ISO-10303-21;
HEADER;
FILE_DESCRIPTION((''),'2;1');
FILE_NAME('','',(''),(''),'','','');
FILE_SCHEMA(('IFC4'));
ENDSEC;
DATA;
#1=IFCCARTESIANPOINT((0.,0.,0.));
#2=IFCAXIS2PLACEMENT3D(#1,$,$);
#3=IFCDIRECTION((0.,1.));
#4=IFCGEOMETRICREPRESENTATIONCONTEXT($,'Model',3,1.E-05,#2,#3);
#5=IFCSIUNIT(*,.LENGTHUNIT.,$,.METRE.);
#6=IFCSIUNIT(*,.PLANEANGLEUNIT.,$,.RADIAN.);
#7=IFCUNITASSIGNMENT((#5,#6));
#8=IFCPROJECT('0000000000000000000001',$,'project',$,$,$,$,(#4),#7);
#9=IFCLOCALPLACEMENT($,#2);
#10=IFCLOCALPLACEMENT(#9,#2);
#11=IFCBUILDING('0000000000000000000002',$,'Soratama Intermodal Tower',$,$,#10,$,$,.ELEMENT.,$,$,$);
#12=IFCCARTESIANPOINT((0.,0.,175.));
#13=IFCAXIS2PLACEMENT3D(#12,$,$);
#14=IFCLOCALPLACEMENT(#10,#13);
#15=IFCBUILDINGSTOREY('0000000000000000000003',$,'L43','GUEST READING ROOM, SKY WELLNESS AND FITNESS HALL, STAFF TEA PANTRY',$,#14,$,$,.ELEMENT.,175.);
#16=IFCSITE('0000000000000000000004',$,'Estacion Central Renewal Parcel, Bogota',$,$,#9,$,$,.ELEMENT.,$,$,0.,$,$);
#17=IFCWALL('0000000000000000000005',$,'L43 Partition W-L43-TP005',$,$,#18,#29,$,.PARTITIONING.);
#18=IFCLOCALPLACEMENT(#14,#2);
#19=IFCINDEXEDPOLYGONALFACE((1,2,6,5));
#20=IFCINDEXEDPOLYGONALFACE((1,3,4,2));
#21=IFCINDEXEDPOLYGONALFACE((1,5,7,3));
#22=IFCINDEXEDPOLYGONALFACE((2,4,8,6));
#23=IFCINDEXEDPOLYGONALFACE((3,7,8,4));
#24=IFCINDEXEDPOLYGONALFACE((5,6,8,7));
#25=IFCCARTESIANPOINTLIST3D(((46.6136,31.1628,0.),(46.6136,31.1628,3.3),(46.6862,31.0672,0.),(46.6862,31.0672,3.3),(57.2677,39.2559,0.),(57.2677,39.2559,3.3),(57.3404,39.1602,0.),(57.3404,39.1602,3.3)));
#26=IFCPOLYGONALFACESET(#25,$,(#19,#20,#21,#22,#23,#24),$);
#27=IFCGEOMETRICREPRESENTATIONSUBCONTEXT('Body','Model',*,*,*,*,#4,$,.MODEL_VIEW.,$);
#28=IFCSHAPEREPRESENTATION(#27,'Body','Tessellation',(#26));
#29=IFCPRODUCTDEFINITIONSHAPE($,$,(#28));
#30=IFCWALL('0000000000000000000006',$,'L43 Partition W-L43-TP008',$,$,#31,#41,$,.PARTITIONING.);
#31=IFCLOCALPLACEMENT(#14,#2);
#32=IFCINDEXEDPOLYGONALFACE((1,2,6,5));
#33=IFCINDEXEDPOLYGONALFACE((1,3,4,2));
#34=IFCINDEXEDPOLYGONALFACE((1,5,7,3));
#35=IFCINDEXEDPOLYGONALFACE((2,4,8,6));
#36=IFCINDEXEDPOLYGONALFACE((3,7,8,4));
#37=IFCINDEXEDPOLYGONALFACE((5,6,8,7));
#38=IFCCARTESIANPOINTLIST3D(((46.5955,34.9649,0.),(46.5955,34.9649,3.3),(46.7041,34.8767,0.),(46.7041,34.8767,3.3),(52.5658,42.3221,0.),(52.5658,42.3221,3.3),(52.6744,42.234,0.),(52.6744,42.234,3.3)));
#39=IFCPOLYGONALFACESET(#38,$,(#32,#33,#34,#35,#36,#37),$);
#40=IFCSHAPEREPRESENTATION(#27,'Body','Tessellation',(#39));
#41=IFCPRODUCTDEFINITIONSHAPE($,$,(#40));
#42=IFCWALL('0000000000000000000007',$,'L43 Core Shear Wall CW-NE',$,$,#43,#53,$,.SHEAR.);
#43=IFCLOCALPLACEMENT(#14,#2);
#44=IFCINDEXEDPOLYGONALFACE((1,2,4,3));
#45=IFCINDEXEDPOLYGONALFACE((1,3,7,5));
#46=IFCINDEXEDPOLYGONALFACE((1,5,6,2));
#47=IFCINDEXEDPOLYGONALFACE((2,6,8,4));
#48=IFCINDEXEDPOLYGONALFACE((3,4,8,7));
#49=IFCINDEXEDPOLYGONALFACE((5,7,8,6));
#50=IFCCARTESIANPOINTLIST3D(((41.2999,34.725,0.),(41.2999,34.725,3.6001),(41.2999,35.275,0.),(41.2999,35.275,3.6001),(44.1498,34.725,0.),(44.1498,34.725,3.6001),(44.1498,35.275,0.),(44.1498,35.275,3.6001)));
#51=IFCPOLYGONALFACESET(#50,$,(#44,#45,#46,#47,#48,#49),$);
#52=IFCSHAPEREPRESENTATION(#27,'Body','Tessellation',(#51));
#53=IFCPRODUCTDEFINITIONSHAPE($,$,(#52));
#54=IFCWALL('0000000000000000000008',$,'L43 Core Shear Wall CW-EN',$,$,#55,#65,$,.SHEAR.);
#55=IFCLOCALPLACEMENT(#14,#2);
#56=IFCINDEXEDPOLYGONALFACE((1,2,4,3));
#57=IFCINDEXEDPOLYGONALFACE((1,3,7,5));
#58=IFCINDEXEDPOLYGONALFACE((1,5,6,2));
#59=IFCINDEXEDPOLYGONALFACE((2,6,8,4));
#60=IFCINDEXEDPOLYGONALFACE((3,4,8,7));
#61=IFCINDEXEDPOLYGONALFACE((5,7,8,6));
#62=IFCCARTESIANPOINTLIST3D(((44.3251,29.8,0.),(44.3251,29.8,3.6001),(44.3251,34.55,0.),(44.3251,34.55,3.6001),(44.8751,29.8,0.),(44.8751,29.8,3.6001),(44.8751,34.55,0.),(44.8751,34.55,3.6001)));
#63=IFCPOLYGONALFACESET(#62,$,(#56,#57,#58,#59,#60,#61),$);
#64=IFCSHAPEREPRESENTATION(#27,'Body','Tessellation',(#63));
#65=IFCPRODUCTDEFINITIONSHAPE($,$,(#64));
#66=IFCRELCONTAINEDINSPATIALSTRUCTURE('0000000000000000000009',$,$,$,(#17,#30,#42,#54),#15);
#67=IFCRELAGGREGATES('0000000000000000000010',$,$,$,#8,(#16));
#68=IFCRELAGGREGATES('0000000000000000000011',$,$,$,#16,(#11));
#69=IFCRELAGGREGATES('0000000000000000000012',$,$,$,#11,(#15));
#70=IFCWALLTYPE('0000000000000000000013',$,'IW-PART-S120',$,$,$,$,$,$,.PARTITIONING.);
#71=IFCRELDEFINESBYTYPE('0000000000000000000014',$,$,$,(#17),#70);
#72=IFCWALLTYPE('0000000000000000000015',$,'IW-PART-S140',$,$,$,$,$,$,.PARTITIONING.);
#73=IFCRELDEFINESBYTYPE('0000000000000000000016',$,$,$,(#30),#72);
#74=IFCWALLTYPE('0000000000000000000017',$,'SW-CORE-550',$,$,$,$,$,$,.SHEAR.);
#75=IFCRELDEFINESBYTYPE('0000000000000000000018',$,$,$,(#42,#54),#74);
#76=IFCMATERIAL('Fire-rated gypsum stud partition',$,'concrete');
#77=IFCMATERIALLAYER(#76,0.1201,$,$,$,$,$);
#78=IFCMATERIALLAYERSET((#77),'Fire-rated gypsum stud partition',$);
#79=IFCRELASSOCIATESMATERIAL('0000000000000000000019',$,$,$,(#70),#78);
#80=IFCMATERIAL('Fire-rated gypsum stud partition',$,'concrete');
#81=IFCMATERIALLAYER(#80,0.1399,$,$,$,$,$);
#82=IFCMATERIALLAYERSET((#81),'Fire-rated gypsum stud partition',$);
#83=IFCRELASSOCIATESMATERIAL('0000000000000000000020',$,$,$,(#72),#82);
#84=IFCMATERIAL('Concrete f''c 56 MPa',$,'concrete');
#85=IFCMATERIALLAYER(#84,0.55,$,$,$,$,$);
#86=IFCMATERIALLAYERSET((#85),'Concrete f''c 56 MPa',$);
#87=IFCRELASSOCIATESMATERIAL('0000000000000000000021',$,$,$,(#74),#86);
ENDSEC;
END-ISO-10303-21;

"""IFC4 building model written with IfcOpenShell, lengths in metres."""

from ifc_helpers import new_model, si_unit, direction, frame, frame_2d, origin, place, context, subcontext, project, spatial, rectangle, extrude, material, layer, layer_set, type_object, element, save


model = new_model("IFC4")

# Units and contexts
model_context = context("Model", 3, precision=1e-05, world=origin(), true_north=direction((0.0, 1.0)))
body_context = subcontext(model_context, "Body", "Model", "MODEL_VIEW")
ifc_project = project(units=[si_unit("LENGTHUNIT", "METRE"), si_unit("PLANEANGLEUNIT", "RADIAN")], contexts=[model_context])

# Site, building, storey
site_placement = place(None, origin())
site = spatial("IfcSite", under=ifc_project, at=site_placement, Name="Estacion Central Renewal Parcel, Bogota", CompositionType="ELEMENT", RefElevation=0.0)
building_placement = place(site_placement, origin())
building = spatial("IfcBuilding", under=site, at=building_placement, Name="Soratama Intermodal Tower", CompositionType="ELEMENT")
storey_placement = place(building_placement, frame((0.0, 0.0, 175.0)))
storey = spatial("IfcBuildingStorey", under=building, at=storey_placement, Name="L43", Description="GUEST READING ROOM, SKY WELLNESS AND FITNESS HALL, STAFF TEA PANTRY", CompositionType="ELEMENT", Elevation=175.0)

# Walls
ifc_material_1 = material(Name="Fire-rated gypsum stud partition", Category="concrete")
ifc_layer_1 = layer(ifc_material_1, 0.1201)
ifc_layer_set_1 = layer_set([ifc_layer_1], Name="Fire-rated gypsum stud partition")
wall_type_1 = type_object("IfcWallType", Name="IW-PART-S120", PredefinedType="PARTITIONING", material=ifc_layer_set_1)
wall_1_placement = place(storey_placement, frame((46.6499, 31.115, 0.0), z_axis=(0.0, 0.0, 1.0), x_axis=(0.796308, 0.604891, 0.0)))
element("IfcWall", 1, at=wall_1_placement, inside=storey, type_object=wall_type_1, Name="L43 Partition W-L43-TP005", PredefinedType="PARTITIONING", context=body_context, shape_type="SweptSolid", body=[
    extrude(rectangle(XDim=13.3794, YDim=0.1201, at=frame_2d((6.6897, 0.0))), origin(), (0.0, 0.0, 1.0), 3.3),
])
ifc_material_2 = material(Name="Fire-rated gypsum stud partition", Category="concrete")
ifc_layer_2 = layer(ifc_material_2, 0.1399)
ifc_layer_set_2 = layer_set([ifc_layer_2], Name="Fire-rated gypsum stud partition")
wall_type_2 = type_object("IfcWallType", Name="IW-PART-S140", PredefinedType="PARTITIONING", material=ifc_layer_set_2)
wall_2_placement = place(storey_placement, frame((46.6499, 34.9209, 0.0), z_axis=(0.0, 0.0, 1.0), x_axis=(0.630116, 0.776501, 0.0)))
element("IfcWall", 2, at=wall_2_placement, inside=storey, type_object=wall_type_2, Name="L43 Partition W-L43-TP008", PredefinedType="PARTITIONING", context=body_context, shape_type="SweptSolid", body=[
    extrude(rectangle(XDim=9.4749, YDim=0.1399, at=frame_2d((4.7373, 0.0))), origin(), (0.0, 0.0, 1.0), 3.3),
])
ifc_material_3 = material(Name="Concrete f'c 56 MPa", Category="concrete")
ifc_layer_3 = layer(ifc_material_3, 0.55)
ifc_layer_set_3 = layer_set([ifc_layer_3], Name="Concrete f'c 56 MPa")
wall_type_3 = type_object("IfcWallType", Name="SW-CORE-550", PredefinedType="SHEAR", material=ifc_layer_set_3)
wall_3_placement = place(storey_placement, frame((41.3, 35.0, 0.0), z_axis=(0.0, 0.0, 1.0), x_axis=(1.0, 0.0, 0.0)))
element("IfcWall", 3, at=wall_3_placement, inside=storey, type_object=wall_type_3, Name="L43 Core Shear Wall CW-NE", PredefinedType="SHEAR", context=body_context, shape_type="SweptSolid", body=[
    extrude(rectangle(XDim=2.8499, YDim=0.55, at=frame_2d((1.4248, 0.0))), origin(), (0.0, 0.0, 1.0), 3.6001),
])
wall_4_placement = place(storey_placement, frame((44.6001, 29.8, 0.0), z_axis=(0.0, 0.0, 1.0), x_axis=(0.0, 1.0, 0.0)))
element("IfcWall", 4, at=wall_4_placement, inside=storey, type_object=wall_type_3, Name="L43 Core Shear Wall CW-EN", PredefinedType="SHEAR", context=body_context, shape_type="SweptSolid", body=[
    extrude(rectangle(XDim=4.75, YDim=0.55, at=frame_2d((2.375, 0.0))), origin(), (0.0, 0.0, 1.0), 3.6001),
])

save(model, "model.ifc")
